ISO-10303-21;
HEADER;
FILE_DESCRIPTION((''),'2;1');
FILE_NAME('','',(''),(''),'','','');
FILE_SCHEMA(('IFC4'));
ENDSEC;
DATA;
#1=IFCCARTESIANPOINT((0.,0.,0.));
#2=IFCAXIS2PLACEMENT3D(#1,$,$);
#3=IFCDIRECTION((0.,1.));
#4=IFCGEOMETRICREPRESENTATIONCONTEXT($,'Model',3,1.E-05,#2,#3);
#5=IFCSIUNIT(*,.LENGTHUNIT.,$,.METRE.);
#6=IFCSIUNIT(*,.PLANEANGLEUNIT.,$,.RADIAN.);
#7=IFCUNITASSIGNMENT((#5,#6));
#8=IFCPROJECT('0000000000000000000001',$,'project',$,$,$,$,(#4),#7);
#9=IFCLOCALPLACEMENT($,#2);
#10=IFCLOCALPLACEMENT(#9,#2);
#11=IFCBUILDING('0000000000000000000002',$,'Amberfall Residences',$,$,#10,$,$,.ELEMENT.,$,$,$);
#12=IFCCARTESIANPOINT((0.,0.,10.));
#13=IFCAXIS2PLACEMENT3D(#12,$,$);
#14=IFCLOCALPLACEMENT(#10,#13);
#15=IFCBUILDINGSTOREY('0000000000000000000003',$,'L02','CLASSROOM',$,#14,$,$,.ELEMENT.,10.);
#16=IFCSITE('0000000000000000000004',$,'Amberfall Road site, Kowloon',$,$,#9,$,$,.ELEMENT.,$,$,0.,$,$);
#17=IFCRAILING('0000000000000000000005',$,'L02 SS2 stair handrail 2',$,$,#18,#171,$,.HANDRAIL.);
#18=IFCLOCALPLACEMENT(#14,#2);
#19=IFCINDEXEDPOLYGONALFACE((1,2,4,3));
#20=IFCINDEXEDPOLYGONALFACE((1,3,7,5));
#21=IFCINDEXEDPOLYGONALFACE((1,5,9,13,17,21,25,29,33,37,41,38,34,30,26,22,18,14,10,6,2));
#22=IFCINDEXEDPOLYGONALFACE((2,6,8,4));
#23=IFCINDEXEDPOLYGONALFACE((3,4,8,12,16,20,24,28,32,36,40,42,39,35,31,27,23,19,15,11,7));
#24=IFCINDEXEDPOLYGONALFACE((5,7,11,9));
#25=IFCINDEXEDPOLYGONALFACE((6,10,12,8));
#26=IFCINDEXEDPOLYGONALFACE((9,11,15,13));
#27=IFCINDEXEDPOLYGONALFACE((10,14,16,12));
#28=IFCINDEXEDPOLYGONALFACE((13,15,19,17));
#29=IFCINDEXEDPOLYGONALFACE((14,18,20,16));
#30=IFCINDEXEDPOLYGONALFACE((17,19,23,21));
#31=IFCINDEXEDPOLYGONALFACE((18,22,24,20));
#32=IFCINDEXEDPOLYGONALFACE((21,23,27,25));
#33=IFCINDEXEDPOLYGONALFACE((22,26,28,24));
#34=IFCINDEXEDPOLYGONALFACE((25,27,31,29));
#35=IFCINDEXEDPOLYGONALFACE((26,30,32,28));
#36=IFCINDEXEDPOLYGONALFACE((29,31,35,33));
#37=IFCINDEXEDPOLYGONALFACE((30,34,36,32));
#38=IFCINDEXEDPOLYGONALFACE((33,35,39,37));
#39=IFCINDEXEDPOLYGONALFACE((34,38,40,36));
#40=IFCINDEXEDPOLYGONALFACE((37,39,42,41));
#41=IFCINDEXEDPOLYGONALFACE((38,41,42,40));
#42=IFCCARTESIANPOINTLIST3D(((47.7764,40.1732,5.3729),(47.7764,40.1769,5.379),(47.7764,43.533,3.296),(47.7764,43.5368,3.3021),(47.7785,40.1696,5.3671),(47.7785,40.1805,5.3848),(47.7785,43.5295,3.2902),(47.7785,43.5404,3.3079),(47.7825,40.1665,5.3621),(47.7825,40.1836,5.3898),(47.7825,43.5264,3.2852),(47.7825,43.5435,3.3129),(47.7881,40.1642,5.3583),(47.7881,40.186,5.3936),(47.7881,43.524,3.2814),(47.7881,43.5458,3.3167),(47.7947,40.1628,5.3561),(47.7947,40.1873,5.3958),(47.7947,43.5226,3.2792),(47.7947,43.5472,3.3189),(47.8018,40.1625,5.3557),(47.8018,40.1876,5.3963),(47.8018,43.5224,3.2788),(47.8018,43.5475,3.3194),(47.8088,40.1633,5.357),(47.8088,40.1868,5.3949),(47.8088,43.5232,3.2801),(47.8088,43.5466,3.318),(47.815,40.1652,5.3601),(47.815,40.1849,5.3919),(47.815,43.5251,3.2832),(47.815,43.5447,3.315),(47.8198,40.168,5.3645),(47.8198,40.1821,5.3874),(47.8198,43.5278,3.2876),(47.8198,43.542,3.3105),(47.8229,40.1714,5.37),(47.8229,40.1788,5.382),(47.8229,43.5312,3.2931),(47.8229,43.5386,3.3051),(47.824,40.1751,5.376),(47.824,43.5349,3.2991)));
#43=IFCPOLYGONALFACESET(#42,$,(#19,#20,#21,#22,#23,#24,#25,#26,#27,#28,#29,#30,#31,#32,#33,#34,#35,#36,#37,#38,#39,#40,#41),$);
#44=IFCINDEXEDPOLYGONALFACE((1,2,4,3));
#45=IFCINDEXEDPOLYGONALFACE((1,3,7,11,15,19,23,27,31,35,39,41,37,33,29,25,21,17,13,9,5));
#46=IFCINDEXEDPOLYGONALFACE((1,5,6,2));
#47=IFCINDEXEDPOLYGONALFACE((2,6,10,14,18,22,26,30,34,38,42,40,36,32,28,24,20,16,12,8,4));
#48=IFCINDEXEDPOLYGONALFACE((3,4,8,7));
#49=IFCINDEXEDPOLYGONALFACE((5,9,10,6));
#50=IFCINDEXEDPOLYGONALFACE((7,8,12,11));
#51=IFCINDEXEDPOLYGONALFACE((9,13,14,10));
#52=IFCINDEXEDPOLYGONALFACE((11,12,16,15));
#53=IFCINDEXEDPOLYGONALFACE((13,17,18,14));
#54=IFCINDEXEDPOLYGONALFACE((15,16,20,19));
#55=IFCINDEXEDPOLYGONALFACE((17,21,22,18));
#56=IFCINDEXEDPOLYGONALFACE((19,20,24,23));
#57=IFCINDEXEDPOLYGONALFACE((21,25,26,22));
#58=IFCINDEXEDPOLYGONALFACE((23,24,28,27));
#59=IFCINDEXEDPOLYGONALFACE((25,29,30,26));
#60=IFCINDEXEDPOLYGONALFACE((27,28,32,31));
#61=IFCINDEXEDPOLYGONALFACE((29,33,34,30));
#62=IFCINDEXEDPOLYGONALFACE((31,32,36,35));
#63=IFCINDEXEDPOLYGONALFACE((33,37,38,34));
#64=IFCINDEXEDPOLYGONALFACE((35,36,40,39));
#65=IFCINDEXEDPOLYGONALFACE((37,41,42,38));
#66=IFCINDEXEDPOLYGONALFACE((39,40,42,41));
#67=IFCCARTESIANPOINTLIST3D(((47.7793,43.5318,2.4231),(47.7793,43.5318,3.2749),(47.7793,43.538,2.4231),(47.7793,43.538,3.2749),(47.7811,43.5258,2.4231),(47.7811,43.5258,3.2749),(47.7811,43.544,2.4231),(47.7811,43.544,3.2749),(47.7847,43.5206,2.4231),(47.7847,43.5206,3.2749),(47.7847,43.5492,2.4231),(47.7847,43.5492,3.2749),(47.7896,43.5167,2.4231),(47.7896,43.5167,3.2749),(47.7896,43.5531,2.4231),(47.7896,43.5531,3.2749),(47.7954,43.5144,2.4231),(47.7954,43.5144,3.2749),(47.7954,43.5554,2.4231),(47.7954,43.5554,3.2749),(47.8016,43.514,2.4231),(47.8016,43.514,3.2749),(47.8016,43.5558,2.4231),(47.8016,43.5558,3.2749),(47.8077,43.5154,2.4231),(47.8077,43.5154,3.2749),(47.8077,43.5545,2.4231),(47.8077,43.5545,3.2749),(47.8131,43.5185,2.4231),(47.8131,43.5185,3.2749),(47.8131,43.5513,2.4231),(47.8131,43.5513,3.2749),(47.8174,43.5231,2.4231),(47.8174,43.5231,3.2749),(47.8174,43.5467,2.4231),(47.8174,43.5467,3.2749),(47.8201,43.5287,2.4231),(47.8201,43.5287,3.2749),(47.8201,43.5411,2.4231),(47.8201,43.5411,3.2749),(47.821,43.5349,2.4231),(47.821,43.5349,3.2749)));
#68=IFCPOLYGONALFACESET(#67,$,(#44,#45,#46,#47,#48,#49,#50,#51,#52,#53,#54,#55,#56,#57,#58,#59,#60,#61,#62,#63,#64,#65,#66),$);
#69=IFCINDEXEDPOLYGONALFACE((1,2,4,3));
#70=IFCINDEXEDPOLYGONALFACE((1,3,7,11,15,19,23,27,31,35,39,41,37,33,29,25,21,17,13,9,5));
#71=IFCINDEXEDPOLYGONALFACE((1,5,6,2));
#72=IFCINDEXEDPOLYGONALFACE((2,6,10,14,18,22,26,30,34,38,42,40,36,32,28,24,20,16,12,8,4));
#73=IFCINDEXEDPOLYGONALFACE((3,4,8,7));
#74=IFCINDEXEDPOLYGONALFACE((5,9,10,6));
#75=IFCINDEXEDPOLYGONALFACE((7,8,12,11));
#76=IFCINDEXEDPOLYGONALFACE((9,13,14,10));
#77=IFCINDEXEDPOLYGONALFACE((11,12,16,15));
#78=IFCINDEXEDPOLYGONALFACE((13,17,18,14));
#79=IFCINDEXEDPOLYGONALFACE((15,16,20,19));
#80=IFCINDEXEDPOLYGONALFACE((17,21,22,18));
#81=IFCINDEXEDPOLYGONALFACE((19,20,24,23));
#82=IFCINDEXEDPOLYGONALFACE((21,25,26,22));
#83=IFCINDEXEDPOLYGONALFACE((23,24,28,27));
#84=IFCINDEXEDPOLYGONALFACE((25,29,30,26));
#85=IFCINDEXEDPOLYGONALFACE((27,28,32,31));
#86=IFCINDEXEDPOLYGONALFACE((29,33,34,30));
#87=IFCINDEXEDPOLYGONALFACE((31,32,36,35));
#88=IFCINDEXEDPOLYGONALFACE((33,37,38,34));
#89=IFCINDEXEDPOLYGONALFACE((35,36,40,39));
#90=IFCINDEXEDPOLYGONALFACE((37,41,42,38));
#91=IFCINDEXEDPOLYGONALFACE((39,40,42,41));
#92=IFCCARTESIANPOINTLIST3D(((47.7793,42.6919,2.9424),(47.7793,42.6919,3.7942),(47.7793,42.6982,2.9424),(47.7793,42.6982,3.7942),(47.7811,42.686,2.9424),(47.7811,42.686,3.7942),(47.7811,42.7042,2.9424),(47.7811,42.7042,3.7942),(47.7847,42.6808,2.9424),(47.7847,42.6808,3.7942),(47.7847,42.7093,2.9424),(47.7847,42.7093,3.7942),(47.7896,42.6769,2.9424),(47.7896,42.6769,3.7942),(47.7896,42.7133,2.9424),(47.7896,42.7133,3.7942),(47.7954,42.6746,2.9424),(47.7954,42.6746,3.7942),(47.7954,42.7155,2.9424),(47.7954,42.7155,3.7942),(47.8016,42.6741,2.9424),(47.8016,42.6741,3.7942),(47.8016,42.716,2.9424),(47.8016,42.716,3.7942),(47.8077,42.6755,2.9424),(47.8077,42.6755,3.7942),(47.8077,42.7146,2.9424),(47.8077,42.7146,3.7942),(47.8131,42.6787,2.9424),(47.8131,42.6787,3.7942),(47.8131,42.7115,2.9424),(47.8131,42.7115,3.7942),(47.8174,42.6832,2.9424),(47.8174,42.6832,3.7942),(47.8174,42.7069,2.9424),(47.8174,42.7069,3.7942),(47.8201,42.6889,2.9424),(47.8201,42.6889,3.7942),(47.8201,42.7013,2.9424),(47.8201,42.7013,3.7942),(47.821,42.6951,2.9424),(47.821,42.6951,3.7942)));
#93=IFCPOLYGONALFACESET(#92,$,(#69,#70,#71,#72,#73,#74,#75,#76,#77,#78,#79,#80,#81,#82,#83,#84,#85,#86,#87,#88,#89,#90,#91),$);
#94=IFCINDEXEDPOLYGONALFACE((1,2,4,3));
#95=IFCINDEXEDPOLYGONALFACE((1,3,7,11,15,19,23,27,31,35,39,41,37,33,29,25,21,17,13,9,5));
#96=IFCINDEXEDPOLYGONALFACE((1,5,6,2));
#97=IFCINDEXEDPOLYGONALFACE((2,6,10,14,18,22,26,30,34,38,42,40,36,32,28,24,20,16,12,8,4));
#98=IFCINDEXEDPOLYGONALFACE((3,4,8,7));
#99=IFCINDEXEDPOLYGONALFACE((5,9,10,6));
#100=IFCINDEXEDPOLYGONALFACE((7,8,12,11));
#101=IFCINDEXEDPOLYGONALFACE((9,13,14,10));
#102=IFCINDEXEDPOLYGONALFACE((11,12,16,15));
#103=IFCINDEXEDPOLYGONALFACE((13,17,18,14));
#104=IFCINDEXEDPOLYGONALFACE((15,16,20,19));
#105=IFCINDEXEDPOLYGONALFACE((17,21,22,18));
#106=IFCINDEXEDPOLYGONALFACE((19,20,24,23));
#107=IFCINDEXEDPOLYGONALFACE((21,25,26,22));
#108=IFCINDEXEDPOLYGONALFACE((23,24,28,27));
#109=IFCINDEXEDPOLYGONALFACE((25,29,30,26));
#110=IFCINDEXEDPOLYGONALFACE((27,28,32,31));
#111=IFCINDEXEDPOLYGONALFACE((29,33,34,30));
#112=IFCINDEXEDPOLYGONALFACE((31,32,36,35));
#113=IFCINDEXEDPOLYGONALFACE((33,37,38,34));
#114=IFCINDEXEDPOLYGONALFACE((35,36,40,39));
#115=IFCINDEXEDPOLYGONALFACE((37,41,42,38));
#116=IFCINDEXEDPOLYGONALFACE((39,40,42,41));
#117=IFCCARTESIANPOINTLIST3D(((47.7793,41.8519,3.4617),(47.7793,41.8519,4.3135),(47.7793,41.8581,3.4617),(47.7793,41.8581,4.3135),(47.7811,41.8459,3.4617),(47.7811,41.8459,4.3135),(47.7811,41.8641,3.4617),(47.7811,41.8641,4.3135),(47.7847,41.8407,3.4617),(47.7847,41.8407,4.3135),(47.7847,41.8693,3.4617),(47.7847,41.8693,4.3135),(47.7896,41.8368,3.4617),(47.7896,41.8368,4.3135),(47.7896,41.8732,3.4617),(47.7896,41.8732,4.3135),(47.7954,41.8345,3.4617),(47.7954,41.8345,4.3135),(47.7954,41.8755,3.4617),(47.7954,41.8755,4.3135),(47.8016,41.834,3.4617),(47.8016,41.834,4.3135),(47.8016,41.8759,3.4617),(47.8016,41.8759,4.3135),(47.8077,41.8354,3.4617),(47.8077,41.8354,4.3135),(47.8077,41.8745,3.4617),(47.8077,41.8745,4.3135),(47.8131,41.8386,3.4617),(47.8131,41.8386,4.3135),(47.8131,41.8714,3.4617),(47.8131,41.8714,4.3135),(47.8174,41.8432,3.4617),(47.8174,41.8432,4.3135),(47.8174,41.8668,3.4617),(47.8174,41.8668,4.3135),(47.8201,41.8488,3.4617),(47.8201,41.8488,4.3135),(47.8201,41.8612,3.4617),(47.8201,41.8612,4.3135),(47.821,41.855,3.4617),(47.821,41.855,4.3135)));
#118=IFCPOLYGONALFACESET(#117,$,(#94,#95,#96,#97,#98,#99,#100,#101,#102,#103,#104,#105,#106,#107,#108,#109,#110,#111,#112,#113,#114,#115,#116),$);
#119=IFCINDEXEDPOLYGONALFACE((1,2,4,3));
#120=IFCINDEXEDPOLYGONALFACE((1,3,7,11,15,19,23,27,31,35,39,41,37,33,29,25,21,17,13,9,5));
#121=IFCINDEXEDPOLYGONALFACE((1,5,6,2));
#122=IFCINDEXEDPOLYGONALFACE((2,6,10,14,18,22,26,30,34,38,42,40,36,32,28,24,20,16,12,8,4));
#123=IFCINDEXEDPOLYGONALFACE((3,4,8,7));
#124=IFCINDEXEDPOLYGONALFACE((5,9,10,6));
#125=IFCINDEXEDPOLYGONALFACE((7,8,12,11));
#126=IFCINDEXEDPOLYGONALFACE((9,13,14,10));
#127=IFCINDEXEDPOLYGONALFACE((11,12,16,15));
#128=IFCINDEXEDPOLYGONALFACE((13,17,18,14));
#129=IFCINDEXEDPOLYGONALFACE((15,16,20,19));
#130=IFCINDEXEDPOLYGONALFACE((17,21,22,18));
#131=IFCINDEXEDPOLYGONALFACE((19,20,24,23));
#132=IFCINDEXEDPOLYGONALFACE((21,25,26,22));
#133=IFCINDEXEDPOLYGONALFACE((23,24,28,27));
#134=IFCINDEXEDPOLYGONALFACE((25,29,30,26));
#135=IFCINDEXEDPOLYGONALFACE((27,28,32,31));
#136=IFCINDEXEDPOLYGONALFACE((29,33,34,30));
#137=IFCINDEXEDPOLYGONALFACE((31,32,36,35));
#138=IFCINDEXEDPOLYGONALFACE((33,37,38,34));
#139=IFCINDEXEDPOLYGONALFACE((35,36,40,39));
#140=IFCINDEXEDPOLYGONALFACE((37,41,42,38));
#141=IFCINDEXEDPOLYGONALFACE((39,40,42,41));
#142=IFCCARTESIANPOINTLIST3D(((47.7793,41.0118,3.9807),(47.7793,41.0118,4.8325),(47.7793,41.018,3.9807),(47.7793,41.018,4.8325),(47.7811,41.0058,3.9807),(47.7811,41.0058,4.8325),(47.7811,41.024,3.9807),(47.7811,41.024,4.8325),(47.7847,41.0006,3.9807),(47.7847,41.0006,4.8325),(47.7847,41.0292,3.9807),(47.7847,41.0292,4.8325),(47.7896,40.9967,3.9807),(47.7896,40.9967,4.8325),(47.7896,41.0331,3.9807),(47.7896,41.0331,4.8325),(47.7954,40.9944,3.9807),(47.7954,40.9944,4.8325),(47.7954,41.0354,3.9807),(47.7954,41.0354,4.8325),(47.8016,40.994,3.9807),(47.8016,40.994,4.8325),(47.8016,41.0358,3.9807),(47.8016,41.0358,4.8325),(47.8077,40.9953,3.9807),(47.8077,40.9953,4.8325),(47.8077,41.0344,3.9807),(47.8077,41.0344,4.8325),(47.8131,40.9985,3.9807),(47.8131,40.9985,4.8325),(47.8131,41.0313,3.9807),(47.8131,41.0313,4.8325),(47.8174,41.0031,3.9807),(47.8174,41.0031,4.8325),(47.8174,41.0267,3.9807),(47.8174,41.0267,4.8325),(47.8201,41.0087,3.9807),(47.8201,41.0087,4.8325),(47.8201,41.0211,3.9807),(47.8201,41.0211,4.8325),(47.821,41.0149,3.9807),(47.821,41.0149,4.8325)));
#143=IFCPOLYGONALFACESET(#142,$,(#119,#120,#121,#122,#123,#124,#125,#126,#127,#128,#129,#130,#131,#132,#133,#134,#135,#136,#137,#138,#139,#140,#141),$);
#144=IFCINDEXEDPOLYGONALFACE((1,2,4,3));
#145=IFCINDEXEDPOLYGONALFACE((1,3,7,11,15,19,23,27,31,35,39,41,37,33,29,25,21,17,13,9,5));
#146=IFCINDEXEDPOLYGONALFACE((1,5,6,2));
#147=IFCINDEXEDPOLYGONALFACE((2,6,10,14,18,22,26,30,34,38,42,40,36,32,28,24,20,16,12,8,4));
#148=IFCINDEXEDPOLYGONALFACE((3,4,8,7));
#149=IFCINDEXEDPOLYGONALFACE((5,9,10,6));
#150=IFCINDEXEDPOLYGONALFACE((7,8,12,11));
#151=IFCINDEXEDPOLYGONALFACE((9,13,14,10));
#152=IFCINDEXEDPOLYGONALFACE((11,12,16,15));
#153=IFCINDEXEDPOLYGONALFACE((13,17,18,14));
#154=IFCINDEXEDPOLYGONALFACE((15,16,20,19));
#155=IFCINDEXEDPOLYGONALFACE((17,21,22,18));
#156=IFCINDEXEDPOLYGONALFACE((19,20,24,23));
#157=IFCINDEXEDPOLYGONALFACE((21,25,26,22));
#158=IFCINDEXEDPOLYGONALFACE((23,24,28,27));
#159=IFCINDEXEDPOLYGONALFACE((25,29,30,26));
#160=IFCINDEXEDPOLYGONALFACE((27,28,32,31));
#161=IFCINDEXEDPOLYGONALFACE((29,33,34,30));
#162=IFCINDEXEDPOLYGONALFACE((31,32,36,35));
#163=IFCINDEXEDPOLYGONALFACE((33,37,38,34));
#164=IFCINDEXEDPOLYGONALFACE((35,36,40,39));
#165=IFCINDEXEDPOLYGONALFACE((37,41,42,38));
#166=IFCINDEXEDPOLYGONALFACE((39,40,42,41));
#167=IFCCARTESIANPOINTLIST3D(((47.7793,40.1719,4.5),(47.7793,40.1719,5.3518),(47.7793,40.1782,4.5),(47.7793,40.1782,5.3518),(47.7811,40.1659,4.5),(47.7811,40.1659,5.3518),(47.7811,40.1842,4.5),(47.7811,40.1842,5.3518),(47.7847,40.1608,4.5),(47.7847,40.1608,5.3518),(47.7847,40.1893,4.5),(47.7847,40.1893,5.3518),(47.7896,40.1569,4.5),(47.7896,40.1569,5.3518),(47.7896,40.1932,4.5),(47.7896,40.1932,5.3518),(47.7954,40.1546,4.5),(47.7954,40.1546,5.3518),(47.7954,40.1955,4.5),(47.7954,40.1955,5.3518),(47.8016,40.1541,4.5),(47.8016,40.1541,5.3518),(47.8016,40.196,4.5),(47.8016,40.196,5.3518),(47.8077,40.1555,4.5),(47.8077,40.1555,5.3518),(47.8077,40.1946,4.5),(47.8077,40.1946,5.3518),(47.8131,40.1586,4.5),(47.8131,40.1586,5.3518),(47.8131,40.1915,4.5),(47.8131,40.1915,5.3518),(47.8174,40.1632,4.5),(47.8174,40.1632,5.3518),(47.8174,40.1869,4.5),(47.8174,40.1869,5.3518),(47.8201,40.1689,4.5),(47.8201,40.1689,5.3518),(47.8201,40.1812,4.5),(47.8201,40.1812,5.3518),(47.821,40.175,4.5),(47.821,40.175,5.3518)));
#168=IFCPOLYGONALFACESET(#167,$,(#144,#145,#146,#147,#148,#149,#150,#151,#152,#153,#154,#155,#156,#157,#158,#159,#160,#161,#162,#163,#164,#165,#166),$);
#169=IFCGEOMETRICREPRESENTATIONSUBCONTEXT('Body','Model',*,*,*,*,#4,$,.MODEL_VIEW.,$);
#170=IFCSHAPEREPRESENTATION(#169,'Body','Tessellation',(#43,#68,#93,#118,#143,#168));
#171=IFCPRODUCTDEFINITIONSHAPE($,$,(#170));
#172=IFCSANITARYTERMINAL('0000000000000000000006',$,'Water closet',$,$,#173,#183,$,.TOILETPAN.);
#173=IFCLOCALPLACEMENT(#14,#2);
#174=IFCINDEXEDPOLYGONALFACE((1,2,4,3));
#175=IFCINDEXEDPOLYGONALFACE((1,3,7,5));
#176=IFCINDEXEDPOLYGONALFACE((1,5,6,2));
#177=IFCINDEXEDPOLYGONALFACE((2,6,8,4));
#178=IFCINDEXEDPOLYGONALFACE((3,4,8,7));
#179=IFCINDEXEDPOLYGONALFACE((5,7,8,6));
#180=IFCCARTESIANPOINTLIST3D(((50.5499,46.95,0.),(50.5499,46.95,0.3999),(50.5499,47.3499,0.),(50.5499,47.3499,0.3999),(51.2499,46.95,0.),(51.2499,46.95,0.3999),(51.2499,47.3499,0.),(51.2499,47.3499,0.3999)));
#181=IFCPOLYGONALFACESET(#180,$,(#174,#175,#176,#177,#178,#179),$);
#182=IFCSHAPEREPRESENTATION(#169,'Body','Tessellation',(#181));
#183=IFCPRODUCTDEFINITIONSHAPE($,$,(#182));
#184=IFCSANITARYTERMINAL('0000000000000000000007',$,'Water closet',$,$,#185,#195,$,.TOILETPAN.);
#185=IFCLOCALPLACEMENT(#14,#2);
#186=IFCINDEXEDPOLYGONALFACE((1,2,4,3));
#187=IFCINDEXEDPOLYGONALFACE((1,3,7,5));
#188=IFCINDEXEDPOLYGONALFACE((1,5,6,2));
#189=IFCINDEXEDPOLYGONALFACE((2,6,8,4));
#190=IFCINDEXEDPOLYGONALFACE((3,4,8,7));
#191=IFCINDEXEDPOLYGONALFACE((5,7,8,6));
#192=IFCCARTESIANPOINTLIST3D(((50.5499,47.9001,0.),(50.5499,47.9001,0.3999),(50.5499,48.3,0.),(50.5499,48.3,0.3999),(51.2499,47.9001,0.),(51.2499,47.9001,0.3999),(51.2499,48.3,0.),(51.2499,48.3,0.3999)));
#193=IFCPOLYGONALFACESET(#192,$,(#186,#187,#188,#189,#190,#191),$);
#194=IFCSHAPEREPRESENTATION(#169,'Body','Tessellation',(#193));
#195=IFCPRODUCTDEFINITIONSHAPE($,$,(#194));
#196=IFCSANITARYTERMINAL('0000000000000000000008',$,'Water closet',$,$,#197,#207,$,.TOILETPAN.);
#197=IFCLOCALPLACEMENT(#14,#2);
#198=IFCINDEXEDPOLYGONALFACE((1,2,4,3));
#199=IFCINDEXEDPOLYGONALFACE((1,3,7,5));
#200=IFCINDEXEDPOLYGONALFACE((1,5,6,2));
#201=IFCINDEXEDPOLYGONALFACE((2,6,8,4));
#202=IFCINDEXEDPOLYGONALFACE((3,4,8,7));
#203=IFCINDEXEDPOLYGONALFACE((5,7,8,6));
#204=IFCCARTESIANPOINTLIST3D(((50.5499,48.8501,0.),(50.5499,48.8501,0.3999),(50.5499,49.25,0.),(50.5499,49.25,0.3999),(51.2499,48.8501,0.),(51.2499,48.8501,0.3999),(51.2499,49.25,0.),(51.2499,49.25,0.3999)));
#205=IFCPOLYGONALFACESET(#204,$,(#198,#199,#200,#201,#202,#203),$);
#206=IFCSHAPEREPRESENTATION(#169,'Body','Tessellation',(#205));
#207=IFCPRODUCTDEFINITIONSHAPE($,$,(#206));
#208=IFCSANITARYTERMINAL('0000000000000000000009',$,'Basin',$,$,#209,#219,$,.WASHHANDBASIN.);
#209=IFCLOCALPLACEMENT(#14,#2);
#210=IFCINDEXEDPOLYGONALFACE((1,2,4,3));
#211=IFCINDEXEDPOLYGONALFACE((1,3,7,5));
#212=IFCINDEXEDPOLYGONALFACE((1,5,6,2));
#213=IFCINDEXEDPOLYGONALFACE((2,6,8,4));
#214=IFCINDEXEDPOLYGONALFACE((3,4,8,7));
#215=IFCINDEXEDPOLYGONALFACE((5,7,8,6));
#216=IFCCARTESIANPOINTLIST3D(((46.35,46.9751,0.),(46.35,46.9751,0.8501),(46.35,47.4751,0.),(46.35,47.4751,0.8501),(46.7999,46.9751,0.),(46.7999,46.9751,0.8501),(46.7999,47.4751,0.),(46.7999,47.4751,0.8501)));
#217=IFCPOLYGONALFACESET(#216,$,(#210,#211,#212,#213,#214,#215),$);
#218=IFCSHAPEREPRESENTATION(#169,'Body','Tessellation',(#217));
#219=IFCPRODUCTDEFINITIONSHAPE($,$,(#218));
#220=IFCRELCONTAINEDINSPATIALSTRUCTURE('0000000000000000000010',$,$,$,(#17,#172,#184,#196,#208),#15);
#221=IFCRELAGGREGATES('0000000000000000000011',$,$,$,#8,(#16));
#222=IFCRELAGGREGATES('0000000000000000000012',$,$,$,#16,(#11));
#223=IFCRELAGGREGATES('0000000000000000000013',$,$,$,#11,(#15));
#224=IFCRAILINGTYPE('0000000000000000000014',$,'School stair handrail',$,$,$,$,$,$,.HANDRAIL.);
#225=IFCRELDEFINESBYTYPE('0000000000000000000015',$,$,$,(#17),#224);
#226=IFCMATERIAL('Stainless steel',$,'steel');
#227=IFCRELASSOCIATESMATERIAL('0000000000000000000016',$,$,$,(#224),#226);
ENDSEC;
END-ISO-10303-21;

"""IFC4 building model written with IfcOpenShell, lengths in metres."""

from ifc_helpers import new_model, si_unit, direction, frame, origin, origin_2d, place, context, subcontext, project, spatial, rectangle, circle, extrude, material, type_object, element, save


model = new_model("IFC4")

# Units and contexts
model_context = context("Model", 3, precision=1e-05, world=origin(), true_north=direction((0.0, 1.0)))
body_context = subcontext(model_context, "Body", "Model", "MODEL_VIEW")
ifc_project = project(units=[si_unit("LENGTHUNIT", "METRE"), si_unit("PLANEANGLEUNIT", "RADIAN")], contexts=[model_context])

# Site, building, storey
site_placement = place(None, origin())
site = spatial("IfcSite", under=ifc_project, at=site_placement, Name="Amberfall Road site, Kowloon", CompositionType="ELEMENT", RefElevation=0.0)
building_placement = place(site_placement, origin())
building = spatial("IfcBuilding", under=site, at=building_placement, Name="Amberfall Residences", CompositionType="ELEMENT")
storey_placement = place(building_placement, frame((0.0, 0.0, 10.0)))
storey = spatial("IfcBuildingStorey", under=building, at=storey_placement, Name="L02", Description="CLASSROOM", CompositionType="ELEMENT", Elevation=10.0)

# Railing
ifc_material_1 = material(Name="Stainless steel", Category="steel")
railing_type_1 = type_object("IfcRailingType", Name="School stair handrail", PredefinedType="HANDRAIL", material=ifc_material_1)
railing_1_placement = place(storey_placement, frame((47.8, 43.5349, 2.4231)))
element("IfcRailing", 1, at=railing_1_placement, inside=storey, type_object=railing_type_1, Name="L02 SS2 stair handrail 2", PredefinedType="HANDRAIL", context=body_context, shape_type="SweptSolid", body=[
    extrude(circle(Radius=0.0239, at=origin_2d()), frame((0.0, 0.0, 0.876), z_axis=(0.0, -0.850606, 0.525803), x_axis=(1.0, 0.0, 0.0)), (0.0, 0.0, 1.0), 3.95),
    extrude(circle(Radius=0.021, at=origin_2d()), origin(), (0.0, 0.0, 1.0), 0.8518),
    extrude(circle(Radius=0.021, at=origin_2d()), frame((0.0, -0.8398, 0.5193)), (0.0, 0.0, 1.0), 0.8518),
    extrude(circle(Radius=0.021, at=origin_2d()), frame((0.0, -1.6799, 1.0386)), (0.0, 0.0, 1.0), 0.8518),
    extrude(circle(Radius=0.021, at=origin_2d()), frame((0.0, -2.52, 1.5576)), (0.0, 0.0, 1.0), 0.8518),
    extrude(circle(Radius=0.021, at=origin_2d()), frame((0.0, -3.3599, 2.0769)), (0.0, 0.0, 1.0), 0.8518),
])

# Sanitary terminals
for number, where, z_axis, x_axis, name in (
    (2, (50.8999, 47.1499, 0.0), (0.0, 0.0, 1.0), (1.0, 0.0, 0.0), "Water closet"),
    (3, (50.8999, 48.1001, 0.0), (0.0, 0.0, 1.0), (1.0, 0.0, 0.0), "Water closet"),
    (4, (50.8999, 49.05, 0.0), (0.0, 0.0, 1.0), (1.0, 0.0, 0.0), "Water closet"),
):
    element("IfcSanitaryTerminal", number, at=place(storey_placement, frame(where, z_axis=z_axis, x_axis=x_axis)), inside=storey, Name=name, PredefinedType="TOILETPAN", context=body_context, shape_type="SweptSolid", body=[
        extrude(rectangle(XDim=0.7, YDim=0.3999, at=origin_2d()), origin(), (0.0, 0.0, 1.0), 0.3999),
    ])
sanitary_terminal_placement = place(storey_placement, frame((46.575, 47.2251, 0.0), z_axis=(0.0, 0.0, 1.0), x_axis=(1.0, 0.0, 0.0)))
element("IfcSanitaryTerminal", 5, at=sanitary_terminal_placement, inside=storey, Name="Basin", PredefinedType="WASHHANDBASIN", context=body_context, shape_type="SweptSolid", body=[
    extrude(rectangle(XDim=0.45, YDim=0.5, at=origin_2d()), origin(), (0.0, 0.0, 1.0), 0.8501),
])

save(model, "model.ifc")
